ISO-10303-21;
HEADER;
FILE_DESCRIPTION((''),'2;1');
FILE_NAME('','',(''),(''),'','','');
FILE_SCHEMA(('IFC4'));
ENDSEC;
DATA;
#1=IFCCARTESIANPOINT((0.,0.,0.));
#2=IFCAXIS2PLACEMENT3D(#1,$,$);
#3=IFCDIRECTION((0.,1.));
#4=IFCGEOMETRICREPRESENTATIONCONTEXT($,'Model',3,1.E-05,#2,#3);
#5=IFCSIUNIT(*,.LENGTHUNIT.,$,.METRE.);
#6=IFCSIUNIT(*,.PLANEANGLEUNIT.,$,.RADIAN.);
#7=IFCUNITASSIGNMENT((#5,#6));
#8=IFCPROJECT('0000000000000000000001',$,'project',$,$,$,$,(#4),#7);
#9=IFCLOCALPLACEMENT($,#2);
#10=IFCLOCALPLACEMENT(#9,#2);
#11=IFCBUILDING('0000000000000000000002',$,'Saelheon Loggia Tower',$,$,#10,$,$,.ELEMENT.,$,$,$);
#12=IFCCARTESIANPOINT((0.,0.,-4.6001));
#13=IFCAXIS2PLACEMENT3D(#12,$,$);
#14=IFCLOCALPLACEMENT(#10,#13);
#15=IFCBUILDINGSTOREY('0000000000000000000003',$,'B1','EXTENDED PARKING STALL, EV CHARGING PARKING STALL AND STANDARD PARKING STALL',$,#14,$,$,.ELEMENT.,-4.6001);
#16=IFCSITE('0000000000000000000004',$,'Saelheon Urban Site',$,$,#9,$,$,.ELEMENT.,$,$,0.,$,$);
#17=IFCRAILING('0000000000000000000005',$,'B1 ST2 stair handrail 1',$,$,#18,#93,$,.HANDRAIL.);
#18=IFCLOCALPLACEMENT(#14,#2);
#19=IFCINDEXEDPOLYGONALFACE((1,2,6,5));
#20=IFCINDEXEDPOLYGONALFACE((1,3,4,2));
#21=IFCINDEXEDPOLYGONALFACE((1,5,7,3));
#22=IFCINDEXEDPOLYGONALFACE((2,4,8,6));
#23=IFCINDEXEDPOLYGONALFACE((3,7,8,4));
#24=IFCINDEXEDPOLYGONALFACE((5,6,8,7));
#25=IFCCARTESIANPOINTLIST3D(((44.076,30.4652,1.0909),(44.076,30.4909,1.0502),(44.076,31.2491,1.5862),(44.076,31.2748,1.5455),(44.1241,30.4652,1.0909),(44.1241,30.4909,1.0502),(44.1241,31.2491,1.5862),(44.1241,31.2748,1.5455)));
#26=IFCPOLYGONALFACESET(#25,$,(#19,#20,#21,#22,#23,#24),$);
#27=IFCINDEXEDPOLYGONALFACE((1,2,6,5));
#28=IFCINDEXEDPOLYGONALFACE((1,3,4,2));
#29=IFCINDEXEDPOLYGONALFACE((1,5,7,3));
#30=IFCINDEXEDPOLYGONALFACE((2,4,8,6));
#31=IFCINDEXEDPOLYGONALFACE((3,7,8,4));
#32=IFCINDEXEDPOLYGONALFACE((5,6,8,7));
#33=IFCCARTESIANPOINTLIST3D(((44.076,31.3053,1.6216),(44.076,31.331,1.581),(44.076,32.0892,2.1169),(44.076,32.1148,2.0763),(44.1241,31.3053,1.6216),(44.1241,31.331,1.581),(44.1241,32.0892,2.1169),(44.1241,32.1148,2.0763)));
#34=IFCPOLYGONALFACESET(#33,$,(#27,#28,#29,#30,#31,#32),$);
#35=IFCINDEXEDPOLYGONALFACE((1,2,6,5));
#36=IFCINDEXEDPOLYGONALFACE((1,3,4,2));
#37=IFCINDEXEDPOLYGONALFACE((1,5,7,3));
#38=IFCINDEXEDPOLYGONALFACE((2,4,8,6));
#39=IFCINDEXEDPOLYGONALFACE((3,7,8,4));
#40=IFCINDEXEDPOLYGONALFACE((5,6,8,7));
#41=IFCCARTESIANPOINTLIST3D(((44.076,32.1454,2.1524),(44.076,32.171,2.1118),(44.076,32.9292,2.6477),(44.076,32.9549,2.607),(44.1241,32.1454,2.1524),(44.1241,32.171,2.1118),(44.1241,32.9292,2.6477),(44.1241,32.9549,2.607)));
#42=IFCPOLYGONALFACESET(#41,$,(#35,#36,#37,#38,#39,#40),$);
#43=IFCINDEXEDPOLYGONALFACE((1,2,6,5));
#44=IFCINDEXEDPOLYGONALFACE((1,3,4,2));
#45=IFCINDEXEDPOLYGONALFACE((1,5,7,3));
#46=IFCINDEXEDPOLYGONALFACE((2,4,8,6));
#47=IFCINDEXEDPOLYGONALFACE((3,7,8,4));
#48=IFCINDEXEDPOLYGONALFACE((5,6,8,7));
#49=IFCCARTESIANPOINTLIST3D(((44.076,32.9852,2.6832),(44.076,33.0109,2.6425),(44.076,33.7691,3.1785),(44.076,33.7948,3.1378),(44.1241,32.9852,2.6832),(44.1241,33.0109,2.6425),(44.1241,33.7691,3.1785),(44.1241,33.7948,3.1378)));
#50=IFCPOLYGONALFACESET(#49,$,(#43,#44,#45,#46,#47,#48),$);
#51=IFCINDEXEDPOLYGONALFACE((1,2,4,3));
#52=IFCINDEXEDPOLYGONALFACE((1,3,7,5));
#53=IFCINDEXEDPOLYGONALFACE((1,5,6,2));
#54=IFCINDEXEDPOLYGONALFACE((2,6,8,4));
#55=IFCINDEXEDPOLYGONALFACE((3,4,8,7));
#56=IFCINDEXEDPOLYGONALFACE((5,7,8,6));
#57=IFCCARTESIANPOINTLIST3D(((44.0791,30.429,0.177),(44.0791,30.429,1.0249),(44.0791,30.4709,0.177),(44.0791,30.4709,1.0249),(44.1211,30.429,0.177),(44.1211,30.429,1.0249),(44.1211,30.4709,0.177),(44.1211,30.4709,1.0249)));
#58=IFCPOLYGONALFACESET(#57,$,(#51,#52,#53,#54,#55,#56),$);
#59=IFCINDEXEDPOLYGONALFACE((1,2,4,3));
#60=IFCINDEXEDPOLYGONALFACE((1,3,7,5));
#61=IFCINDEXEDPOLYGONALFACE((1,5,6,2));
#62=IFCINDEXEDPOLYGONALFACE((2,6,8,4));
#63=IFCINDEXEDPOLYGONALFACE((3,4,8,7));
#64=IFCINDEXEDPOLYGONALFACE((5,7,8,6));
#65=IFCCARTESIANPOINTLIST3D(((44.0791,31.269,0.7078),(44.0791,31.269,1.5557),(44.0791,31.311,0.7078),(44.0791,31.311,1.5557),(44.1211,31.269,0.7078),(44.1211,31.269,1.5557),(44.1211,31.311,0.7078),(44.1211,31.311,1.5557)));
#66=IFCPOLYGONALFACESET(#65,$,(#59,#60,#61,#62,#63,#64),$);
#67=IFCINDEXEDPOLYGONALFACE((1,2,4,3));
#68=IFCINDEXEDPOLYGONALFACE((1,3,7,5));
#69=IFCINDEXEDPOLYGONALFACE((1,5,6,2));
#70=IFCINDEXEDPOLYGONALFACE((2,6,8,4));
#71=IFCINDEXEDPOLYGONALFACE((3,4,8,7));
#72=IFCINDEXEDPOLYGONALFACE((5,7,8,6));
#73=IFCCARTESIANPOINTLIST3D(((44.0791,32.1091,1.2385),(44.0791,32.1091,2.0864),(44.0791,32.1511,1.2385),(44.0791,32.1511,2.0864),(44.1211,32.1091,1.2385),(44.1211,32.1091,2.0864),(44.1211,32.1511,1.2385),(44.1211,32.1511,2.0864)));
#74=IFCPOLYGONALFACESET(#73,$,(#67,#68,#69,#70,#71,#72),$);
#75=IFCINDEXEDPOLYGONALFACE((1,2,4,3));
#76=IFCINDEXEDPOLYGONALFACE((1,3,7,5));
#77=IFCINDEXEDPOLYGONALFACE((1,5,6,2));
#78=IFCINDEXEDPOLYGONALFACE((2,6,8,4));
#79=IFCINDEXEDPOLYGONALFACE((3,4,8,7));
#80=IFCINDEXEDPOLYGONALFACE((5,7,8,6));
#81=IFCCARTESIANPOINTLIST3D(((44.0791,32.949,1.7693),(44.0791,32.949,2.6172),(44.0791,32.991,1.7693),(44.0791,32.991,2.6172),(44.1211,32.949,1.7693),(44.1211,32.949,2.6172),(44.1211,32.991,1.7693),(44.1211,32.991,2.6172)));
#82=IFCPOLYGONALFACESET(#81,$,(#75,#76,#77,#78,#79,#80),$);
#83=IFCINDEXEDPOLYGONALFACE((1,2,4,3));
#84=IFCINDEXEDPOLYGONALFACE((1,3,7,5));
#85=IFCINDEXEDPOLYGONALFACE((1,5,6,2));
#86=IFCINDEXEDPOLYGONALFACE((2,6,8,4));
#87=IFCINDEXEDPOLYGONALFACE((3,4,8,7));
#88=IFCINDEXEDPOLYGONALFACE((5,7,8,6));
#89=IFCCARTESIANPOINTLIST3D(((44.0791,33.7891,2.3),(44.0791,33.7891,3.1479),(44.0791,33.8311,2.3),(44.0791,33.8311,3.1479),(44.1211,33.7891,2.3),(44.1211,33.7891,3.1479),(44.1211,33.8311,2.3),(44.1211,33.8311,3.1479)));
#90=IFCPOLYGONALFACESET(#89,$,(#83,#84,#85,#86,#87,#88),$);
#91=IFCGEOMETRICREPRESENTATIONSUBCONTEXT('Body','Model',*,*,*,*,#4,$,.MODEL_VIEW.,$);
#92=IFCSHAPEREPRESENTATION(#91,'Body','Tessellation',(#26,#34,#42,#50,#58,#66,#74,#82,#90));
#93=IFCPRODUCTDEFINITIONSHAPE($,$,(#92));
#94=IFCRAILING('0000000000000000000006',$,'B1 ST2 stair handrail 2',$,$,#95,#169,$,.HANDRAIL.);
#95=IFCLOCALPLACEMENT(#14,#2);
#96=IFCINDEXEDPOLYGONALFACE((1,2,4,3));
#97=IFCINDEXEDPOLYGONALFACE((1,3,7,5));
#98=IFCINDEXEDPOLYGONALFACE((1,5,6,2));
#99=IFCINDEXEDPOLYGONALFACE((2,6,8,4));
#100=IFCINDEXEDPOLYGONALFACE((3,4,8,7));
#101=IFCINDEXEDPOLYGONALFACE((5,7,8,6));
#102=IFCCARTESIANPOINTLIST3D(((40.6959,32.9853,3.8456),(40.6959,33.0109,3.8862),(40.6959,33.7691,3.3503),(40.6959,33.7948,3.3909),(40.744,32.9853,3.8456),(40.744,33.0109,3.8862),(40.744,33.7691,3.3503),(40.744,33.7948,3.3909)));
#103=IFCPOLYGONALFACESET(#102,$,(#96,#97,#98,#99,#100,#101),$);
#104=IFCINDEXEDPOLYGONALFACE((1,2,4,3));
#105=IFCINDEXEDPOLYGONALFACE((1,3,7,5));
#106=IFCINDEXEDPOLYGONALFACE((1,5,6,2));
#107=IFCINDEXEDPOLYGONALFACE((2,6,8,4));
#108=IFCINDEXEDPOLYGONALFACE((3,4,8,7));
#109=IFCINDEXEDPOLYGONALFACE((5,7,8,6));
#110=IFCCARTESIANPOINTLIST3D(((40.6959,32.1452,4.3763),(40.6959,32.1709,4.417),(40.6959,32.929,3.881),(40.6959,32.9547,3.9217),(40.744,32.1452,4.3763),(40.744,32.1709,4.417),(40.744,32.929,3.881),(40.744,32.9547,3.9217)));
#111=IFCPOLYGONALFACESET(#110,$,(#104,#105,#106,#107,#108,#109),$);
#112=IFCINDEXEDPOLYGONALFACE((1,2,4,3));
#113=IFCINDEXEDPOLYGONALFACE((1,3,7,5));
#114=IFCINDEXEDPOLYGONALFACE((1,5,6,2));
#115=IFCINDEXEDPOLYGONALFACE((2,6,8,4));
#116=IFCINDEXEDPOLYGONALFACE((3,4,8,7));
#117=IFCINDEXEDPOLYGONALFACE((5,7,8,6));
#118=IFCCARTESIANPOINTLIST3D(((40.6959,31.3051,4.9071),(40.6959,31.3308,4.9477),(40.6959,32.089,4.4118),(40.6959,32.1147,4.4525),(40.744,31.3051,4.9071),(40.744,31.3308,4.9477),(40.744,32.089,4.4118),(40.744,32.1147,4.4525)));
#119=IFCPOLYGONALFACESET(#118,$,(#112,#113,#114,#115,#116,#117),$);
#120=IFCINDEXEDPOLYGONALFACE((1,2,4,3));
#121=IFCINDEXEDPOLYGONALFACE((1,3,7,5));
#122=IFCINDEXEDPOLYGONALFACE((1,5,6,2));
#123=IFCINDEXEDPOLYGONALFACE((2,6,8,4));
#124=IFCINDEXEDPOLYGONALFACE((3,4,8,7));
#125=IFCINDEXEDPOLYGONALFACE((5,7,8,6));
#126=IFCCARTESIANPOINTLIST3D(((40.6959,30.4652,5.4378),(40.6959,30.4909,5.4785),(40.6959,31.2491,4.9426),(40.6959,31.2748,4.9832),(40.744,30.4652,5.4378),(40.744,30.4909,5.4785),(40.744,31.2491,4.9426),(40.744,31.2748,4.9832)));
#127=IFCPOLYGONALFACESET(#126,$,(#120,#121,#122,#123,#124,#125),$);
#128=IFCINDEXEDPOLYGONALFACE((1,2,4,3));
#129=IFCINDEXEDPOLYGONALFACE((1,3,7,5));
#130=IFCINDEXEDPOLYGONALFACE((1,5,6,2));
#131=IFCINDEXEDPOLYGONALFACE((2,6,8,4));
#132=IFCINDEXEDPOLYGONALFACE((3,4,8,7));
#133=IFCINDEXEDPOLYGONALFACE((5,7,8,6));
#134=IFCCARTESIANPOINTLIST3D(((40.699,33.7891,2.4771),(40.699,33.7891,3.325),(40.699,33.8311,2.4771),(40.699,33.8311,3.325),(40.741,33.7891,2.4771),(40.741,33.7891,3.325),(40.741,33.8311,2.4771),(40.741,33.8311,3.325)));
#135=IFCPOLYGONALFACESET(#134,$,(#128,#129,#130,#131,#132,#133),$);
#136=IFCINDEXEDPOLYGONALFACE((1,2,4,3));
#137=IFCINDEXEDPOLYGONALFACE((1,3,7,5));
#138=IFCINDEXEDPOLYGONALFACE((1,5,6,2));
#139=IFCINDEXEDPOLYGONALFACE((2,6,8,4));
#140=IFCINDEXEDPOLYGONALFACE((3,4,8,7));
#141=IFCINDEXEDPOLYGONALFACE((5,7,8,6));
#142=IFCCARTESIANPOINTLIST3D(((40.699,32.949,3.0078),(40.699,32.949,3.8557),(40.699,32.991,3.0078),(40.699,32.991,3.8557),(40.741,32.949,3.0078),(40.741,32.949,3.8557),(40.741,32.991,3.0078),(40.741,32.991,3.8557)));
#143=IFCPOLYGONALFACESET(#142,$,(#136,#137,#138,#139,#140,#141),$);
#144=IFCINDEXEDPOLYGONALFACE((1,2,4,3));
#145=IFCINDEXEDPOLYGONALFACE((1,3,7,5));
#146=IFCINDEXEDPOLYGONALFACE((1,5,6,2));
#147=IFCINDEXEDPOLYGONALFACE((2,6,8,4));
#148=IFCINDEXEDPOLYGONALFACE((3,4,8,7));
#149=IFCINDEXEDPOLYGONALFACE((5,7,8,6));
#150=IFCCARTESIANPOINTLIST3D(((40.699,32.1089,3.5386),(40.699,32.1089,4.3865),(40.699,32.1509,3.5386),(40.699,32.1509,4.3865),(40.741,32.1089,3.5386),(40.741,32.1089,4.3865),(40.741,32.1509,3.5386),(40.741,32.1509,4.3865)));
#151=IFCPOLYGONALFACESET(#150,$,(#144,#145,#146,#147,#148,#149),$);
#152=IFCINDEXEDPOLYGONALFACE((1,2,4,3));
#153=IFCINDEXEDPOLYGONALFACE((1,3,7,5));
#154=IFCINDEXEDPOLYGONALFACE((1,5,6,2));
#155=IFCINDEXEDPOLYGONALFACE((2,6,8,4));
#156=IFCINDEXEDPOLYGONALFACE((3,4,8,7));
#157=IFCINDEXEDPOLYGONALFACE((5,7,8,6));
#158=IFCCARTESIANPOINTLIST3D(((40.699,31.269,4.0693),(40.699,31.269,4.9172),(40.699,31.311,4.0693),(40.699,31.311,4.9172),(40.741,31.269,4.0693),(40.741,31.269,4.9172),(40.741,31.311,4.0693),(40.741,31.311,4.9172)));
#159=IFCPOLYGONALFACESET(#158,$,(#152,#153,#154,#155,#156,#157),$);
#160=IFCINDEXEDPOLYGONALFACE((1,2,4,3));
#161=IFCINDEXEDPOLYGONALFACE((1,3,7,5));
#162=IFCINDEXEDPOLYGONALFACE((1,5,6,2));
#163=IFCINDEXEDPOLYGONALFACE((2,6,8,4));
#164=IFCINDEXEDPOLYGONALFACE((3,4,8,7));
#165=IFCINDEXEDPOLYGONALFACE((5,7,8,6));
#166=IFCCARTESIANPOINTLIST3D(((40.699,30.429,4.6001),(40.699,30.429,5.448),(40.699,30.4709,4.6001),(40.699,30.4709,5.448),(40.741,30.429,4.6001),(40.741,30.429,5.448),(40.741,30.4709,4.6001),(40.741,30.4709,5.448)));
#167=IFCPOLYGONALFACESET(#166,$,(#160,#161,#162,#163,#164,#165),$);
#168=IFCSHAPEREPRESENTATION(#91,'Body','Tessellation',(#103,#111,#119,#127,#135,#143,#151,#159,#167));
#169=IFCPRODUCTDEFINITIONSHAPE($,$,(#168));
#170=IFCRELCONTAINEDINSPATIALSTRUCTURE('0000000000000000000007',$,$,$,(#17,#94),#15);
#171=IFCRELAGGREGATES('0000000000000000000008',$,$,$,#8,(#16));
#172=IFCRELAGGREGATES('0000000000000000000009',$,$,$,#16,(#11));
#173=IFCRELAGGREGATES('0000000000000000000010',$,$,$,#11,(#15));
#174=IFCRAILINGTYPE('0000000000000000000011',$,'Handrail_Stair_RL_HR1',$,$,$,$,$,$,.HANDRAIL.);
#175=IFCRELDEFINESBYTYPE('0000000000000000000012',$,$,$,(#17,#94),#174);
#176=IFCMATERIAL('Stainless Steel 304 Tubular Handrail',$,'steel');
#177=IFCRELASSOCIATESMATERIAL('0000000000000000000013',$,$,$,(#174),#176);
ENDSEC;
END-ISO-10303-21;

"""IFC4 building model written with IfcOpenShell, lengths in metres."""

from ifc_helpers import new_model, si_unit, direction, frame, origin, origin_2d, place, context, subcontext, project, spatial, rectangle, extrude, material, type_object, element, save


model = new_model("IFC4")

# Units and contexts
model_context = context("Model", 3, precision=1e-05, world=origin(), true_north=direction((0.0, 1.0)))
body_context = subcontext(model_context, "Body", "Model", "MODEL_VIEW")
ifc_project = project(units=[si_unit("LENGTHUNIT", "METRE"), si_unit("PLANEANGLEUNIT", "RADIAN")], contexts=[model_context])

# Site, building, storey
site_placement = place(None, origin())
site = spatial("IfcSite", under=ifc_project, at=site_placement, Name="Saelheon Urban Site", CompositionType="ELEMENT", RefElevation=0.0)
building_placement = place(site_placement, origin())
building = spatial("IfcBuilding", under=site, at=building_placement, Name="Saelheon Loggia Tower", CompositionType="ELEMENT")
storey_placement = place(building_placement, frame((0.0, 0.0, -4.6001)))
storey = spatial("IfcBuildingStorey", under=building, at=storey_placement, Name="B1", Description="EXTENDED PARKING STALL, EV CHARGING PARKING STALL AND STANDARD PARKING STALL", CompositionType="ELEMENT", Elevation=-4.6001)

# Railings
ifc_material_1 = material(Name="Stainless Steel 304 Tubular Handrail", Category="steel")
railing_type_1 = type_object("IfcRailingType", Name="Handrail_Stair_RL_HR1", PredefinedType="HANDRAIL", material=ifc_material_1)
railing_1_placement = place(storey_placement, frame((44.1001, 30.45, 0.177)))
element("IfcRailing", 1, at=railing_1_placement, inside=storey, type_object=railing_type_1, Name="B1 ST2 stair handrail 1", PredefinedType="HANDRAIL", context=body_context, shape_type="SweptSolid", body=[
    extrude(rectangle(XDim=0.0481, YDim=0.0481, at=origin_2d()), frame((0.0, 0.0281, 0.8936), z_axis=(0.0, 0.84539, 0.53415), x_axis=(-1.0, 0.0, 0.0)), (0.0, 0.0, 1.0), 0.9272),
    extrude(rectangle(XDim=0.0481, YDim=0.0481, at=origin_2d()), frame((0.0, 0.8682, 1.4243), z_axis=(0.0, 0.84539, 0.53415), x_axis=(-1.0, 0.0, 0.0)), (0.0, 0.0, 1.0), 0.9272),
    extrude(rectangle(XDim=0.0481, YDim=0.0481, at=origin_2d()), frame((0.0, 1.7083, 1.9551), z_axis=(0.0, 0.84539, 0.53415), x_axis=(-1.0, 0.0, 0.0)), (0.0, 0.0, 1.0), 0.9272),
    extrude(rectangle(XDim=0.0481, YDim=0.0481, at=origin_2d()), frame((0.0, 2.5481, 2.4858), z_axis=(0.0, 0.84539, 0.53415), x_axis=(-1.0, 0.0, 0.0)), (0.0, 0.0, 1.0), 0.9272),
    extrude(rectangle(XDim=0.042, YDim=0.042, at=origin_2d()), origin(), (0.0, 0.0, 1.0), 0.8479),
    extrude(rectangle(XDim=0.042, YDim=0.042, at=origin_2d()), frame((0.0, 0.8401, 0.5308)), (0.0, 0.0, 1.0), 0.8479),
    extrude(rectangle(XDim=0.042, YDim=0.042, at=origin_2d()), frame((0.0, 1.6802, 1.0615)), (0.0, 0.0, 1.0), 0.8479),
    extrude(rectangle(XDim=0.042, YDim=0.042, at=origin_2d()), frame((0.0, 2.52, 1.5923)), (0.0, 0.0, 1.0), 0.8479),
    extrude(rectangle(XDim=0.042, YDim=0.042, at=origin_2d()), frame((0.0, 3.3601, 2.123)), (0.0, 0.0, 1.0), 0.8479),
])
railing_2_placement = place(storey_placement, frame((40.72, 33.8101, 2.4771)))
element("IfcRailing", 2, at=railing_2_placement, inside=storey, type_object=railing_type_1, Name="B1 ST2 stair handrail 2", PredefinedType="HANDRAIL", context=body_context, shape_type="SweptSolid", body=[
    extrude(rectangle(XDim=0.0481, YDim=0.0481, at=origin_2d()), frame((0.0, -0.0281, 0.8936), z_axis=(0.0, -0.84539, 0.53415), x_axis=(1.0, 0.0, 0.0)), (0.0, 0.0, 1.0), 0.9272),
    extrude(rectangle(XDim=0.0481, YDim=0.0481, at=origin_2d()), frame((0.0, -0.8682, 1.4243), z_axis=(0.0, -0.84539, 0.53415), x_axis=(1.0, 0.0, 0.0)), (0.0, 0.0, 1.0), 0.9272),
    extrude(rectangle(XDim=0.0481, YDim=0.0481, at=origin_2d()), frame((0.0, -1.7083, 1.9551), z_axis=(0.0, -0.84539, 0.53415), x_axis=(1.0, 0.0, 0.0)), (0.0, 0.0, 1.0), 0.9272),
    extrude(rectangle(XDim=0.0481, YDim=0.0481, at=origin_2d()), frame((0.0, -2.5481, 2.4858), z_axis=(0.0, -0.84539, 0.53415), x_axis=(1.0, 0.0, 0.0)), (0.0, 0.0, 1.0), 0.9272),
    extrude(rectangle(XDim=0.042, YDim=0.042, at=origin_2d()), origin(), (0.0, 0.0, 1.0), 0.8479),
    extrude(rectangle(XDim=0.042, YDim=0.042, at=origin_2d()), frame((0.0, -0.8401, 0.5308)), (0.0, 0.0, 1.0), 0.8479),
    extrude(rectangle(XDim=0.042, YDim=0.042, at=origin_2d()), frame((0.0, -1.6802, 1.0615)), (0.0, 0.0, 1.0), 0.8479),
    extrude(rectangle(XDim=0.042, YDim=0.042, at=origin_2d()), frame((0.0, -2.52, 1.5923)), (0.0, 0.0, 1.0), 0.8479),
    extrude(rectangle(XDim=0.042, YDim=0.042, at=origin_2d()), frame((0.0, -3.3601, 2.123)), (0.0, 0.0, 1.0), 0.8479),
])

save(model, "model.ifc")
